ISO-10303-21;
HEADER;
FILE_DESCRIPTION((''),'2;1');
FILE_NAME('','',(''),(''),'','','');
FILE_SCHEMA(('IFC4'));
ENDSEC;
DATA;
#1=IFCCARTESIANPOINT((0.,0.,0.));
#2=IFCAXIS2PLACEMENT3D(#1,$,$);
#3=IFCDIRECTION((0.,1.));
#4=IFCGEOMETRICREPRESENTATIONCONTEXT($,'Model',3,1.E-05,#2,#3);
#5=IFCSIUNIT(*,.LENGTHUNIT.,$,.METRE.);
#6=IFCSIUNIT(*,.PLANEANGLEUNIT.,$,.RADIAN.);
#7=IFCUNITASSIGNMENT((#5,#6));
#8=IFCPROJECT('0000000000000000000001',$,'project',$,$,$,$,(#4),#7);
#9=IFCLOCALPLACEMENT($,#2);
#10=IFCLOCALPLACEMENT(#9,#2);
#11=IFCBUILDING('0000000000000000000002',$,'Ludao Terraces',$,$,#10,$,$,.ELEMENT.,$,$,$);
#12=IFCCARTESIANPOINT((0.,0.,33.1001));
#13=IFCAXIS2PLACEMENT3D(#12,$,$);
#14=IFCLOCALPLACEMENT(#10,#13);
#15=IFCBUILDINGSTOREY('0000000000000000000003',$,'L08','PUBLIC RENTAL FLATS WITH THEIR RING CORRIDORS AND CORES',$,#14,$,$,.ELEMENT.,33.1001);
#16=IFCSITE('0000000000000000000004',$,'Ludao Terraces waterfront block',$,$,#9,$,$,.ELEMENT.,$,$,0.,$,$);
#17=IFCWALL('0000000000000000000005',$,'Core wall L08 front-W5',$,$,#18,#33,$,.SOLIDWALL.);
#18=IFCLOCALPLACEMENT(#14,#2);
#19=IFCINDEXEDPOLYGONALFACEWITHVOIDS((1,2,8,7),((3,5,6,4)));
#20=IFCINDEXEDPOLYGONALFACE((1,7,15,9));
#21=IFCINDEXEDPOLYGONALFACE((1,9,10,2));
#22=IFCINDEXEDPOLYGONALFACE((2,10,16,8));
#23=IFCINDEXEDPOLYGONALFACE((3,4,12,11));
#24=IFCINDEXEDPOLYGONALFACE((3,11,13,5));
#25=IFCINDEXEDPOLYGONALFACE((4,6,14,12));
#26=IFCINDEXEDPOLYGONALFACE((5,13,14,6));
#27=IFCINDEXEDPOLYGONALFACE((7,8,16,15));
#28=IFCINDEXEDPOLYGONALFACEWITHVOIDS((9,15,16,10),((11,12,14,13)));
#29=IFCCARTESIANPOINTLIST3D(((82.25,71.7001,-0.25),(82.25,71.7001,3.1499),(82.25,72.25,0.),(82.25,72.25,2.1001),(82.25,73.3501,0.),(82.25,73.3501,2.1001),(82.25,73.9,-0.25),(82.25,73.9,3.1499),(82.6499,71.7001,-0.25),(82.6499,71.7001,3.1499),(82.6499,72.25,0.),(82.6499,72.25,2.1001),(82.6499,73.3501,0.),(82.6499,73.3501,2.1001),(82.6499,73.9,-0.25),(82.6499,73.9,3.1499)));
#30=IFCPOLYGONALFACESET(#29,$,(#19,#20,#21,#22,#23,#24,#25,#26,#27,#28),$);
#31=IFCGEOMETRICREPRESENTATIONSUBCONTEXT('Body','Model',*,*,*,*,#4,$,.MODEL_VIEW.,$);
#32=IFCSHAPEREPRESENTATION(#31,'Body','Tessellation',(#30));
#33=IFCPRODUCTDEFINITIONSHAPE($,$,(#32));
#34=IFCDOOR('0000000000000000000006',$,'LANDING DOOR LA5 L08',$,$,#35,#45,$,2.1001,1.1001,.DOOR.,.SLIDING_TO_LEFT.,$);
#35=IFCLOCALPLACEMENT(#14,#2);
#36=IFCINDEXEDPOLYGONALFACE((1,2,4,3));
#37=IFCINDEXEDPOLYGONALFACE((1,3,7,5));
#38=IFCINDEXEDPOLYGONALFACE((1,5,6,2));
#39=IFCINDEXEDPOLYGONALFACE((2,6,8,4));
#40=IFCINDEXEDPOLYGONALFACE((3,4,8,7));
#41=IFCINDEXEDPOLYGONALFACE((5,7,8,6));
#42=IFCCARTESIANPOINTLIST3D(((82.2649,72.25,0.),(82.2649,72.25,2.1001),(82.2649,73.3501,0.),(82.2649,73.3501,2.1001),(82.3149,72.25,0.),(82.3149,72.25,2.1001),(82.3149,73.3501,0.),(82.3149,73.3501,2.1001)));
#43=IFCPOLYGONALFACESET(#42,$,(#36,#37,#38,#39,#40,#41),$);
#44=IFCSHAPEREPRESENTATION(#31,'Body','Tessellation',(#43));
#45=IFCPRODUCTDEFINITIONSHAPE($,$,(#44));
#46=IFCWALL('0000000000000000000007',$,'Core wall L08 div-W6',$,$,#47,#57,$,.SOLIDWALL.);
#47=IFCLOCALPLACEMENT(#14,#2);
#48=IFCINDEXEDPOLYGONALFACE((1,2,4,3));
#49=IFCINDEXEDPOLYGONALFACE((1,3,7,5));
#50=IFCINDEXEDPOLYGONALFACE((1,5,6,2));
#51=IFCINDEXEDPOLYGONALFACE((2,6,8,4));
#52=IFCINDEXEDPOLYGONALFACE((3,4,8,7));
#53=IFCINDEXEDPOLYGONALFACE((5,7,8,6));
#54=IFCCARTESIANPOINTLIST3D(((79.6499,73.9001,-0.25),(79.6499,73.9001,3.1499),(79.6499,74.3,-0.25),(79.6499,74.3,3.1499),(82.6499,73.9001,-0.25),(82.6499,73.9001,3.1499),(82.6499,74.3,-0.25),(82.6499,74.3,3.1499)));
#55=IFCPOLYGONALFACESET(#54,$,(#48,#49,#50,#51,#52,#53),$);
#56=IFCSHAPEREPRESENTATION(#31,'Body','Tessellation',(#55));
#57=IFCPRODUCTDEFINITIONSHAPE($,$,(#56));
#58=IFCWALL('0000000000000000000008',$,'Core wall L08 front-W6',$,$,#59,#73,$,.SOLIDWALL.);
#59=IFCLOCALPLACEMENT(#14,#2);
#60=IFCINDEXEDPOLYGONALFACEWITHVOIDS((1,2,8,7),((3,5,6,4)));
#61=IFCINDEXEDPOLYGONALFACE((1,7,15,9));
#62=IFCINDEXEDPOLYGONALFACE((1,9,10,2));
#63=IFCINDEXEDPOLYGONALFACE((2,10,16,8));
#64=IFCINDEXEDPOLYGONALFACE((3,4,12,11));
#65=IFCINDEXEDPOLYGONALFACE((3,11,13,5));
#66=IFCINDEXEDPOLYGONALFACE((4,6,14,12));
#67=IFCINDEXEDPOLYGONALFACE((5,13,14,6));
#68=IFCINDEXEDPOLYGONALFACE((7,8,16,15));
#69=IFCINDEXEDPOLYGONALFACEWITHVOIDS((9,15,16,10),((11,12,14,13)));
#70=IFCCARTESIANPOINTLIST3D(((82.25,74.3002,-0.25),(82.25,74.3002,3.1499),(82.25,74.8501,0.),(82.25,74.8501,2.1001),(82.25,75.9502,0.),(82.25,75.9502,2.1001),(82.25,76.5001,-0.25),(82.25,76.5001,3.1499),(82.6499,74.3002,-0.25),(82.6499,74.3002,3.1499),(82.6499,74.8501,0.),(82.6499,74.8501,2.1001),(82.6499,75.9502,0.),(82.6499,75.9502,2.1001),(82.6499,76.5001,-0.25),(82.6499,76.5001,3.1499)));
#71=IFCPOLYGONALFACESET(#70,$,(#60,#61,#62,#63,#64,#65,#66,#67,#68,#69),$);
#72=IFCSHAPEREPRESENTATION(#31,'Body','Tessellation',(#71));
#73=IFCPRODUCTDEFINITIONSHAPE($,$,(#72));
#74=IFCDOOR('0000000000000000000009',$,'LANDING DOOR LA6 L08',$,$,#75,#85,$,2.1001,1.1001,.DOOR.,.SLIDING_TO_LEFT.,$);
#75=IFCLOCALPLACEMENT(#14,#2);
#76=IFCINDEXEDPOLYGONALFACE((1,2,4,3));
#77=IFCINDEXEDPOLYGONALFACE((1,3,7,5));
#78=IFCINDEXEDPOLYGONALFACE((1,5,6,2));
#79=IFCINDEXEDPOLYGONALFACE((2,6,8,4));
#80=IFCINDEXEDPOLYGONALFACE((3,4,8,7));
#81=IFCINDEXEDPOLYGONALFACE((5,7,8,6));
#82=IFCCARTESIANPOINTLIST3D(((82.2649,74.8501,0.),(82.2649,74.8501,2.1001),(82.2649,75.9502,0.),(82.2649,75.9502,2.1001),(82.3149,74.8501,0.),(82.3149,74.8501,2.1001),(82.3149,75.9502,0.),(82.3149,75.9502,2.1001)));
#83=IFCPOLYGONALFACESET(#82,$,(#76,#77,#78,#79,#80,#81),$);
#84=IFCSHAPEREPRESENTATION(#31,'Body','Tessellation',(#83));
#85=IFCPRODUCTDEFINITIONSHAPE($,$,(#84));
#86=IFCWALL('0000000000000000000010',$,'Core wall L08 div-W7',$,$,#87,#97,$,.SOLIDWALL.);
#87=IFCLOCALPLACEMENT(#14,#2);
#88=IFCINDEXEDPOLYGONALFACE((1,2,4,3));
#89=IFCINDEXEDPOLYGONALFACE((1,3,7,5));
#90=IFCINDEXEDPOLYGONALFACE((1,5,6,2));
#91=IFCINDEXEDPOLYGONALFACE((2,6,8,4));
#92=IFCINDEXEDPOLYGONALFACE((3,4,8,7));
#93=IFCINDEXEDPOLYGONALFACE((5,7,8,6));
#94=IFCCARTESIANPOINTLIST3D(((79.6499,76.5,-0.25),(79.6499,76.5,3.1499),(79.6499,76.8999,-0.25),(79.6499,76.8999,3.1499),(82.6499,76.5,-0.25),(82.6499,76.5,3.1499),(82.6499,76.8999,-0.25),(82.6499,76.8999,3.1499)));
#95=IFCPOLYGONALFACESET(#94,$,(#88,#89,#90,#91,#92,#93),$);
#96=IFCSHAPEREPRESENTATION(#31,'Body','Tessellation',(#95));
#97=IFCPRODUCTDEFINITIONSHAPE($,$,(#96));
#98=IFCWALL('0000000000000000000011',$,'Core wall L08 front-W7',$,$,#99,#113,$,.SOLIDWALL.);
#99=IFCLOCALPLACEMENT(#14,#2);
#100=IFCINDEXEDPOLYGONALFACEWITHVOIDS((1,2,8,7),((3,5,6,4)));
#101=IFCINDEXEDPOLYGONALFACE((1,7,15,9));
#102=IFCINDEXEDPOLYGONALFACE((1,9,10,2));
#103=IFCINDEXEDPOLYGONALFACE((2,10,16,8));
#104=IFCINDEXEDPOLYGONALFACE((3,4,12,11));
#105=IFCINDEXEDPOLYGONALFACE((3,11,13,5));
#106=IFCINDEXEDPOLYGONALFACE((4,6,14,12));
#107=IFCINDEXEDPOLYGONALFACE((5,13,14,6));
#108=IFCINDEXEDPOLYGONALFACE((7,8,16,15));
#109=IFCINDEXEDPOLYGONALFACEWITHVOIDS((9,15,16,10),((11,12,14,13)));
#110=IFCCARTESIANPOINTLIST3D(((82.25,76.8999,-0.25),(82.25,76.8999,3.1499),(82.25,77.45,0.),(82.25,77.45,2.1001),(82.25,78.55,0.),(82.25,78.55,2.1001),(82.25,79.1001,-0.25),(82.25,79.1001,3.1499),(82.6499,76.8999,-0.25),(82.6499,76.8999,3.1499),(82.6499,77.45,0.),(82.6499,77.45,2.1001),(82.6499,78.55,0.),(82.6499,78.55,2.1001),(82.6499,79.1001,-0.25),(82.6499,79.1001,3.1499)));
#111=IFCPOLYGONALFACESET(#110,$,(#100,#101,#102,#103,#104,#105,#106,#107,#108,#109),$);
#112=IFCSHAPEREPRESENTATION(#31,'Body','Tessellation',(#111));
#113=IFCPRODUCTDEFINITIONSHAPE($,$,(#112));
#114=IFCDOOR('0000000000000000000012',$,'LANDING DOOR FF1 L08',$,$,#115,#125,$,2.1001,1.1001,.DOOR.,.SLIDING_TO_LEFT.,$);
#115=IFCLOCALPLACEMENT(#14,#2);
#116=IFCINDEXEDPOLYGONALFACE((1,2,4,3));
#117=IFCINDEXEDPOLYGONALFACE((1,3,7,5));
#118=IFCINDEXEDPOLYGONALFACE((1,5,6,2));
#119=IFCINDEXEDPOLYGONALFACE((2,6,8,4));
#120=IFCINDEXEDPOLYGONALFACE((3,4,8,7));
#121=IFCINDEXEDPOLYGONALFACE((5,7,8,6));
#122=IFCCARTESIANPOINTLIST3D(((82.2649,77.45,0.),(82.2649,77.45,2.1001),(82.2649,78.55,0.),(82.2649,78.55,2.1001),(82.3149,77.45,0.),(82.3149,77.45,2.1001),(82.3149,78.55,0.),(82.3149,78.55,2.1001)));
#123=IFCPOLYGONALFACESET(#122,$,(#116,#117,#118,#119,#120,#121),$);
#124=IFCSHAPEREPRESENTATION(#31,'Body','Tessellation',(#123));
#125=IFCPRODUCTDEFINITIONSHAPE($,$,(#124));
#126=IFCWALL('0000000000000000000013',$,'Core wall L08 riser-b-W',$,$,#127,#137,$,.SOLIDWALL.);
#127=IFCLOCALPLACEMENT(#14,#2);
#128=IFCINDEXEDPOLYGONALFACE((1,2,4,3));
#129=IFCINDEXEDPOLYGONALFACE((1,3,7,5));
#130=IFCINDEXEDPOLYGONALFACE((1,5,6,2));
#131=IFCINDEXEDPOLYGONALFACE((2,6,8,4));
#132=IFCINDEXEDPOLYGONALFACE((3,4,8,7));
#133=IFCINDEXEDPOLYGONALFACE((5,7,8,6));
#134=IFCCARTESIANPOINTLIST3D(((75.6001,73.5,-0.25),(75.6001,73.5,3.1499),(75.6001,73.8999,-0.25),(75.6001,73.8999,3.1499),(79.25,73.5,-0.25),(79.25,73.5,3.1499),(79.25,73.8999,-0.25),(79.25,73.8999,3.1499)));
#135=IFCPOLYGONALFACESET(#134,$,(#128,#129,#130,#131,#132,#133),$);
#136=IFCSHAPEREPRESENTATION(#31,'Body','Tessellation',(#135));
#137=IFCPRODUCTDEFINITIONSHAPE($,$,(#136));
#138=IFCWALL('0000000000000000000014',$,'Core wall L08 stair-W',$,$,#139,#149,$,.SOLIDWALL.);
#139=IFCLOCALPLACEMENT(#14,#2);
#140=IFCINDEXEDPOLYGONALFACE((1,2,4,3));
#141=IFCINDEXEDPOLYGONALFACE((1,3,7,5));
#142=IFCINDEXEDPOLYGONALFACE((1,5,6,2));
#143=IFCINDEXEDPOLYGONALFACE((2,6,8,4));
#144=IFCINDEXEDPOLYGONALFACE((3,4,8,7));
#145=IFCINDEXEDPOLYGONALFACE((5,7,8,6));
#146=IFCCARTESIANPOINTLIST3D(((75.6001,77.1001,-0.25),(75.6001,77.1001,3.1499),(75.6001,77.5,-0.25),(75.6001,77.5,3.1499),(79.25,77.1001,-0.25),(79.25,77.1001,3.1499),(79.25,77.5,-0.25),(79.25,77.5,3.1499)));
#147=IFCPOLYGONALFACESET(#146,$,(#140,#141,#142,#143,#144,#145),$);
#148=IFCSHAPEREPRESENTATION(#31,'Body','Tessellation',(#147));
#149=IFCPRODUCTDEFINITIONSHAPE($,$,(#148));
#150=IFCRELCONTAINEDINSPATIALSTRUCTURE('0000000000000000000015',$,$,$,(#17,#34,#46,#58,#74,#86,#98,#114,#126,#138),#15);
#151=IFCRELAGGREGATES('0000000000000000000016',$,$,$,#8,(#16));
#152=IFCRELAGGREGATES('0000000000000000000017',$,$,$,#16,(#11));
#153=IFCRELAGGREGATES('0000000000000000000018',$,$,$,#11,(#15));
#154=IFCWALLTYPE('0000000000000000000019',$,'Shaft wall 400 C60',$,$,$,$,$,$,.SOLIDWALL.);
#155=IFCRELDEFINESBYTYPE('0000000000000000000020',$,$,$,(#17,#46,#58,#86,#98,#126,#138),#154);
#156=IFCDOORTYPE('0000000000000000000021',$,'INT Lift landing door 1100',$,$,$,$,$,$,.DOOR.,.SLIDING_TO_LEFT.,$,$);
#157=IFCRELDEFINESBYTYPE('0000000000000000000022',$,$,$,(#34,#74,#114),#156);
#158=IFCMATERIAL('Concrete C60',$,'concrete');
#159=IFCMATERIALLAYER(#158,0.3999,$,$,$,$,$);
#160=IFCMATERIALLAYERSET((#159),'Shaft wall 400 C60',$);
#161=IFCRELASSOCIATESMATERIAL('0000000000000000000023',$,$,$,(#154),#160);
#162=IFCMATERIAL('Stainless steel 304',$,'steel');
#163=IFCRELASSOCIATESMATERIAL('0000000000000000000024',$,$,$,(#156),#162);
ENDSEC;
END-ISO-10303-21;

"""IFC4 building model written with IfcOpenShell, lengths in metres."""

from ifc_helpers import new_model, si_unit, direction, frame, frame_2d, origin, place, context, subcontext, project, spatial, rectangle, extrude, material, layer, layer_set, type_object, element, fill, save


model = new_model("IFC4")

# Units and contexts
model_context = context("Model", 3, precision=1e-05, world=origin(), true_north=direction((0.0, 1.0)))
body_context = subcontext(model_context, "Body", "Model", "MODEL_VIEW")
ifc_project = project(units=[si_unit("LENGTHUNIT", "METRE"), si_unit("PLANEANGLEUNIT", "RADIAN")], contexts=[model_context])

# Site, building, storey
site_placement = place(None, origin())
site = spatial("IfcSite", under=ifc_project, at=site_placement, Name="Ludao Terraces waterfront block", CompositionType="ELEMENT", RefElevation=0.0)
building_placement = place(site_placement, origin())
building = spatial("IfcBuilding", under=site, at=building_placement, Name="Ludao Terraces", CompositionType="ELEMENT")
storey_placement = place(building_placement, frame((0.0, 0.0, 33.1001)))
storey = spatial("IfcBuildingStorey", under=building, at=storey_placement, Name="L08", Description="PUBLIC RENTAL FLATS WITH THEIR RING CORRIDORS AND CORES", CompositionType="ELEMENT", Elevation=33.1001)

# Shared definitions
ifc_material_1 = material(Name="Concrete C60", Category="concrete")
ifc_layer_1 = layer(ifc_material_1, 0.3999)
ifc_layer_set_1 = layer_set([ifc_layer_1], Name="Shaft wall 400 C60")
wall_type_1 = type_object("IfcWallType", Name="Shaft wall 400 C60", PredefinedType="SOLIDWALL", material=ifc_layer_set_1)

# Wall, opening, door
wall_1_placement = place(storey_placement, frame((82.45, 71.7, -0.25), z_axis=(0.0, 0.0, 1.0), x_axis=(0.0, 1.0, 0.0)))
wall_1 = element("IfcWall", 1, at=wall_1_placement, inside=storey, type_object=wall_type_1, Name="Core wall L08 front-W5", PredefinedType="SOLIDWALL", context=body_context, shape_type="SweptSolid", body=[
    extrude(rectangle(XDim=2.2, YDim=0.3999, at=frame_2d((1.1001, 0.0))), origin(), (0.0, 0.0, 1.0), 3.3999),
])
opening_1_placement = place(wall_1_placement, frame((0.55, 0.0, 0.25)))
opening_1 = element("IfcOpeningElement", 2, at=opening_1_placement, cuts=wall_1, PredefinedType="OPENING", context=body_context, shape_type="SweptSolid", body=[
    extrude(rectangle(XDim=1.1001, YDim=2.1001, at=frame_2d((0.55, 1.05))), frame((0.0, 0.21, 0.0), z_axis=(0.0, -1.0, 0.0), x_axis=(1.0, 0.0, 0.0)), (0.0, 0.0, 1.0), 0.4199),
])
ifc_material_2 = material(Name="Stainless steel 304", Category="steel")
door_type_1 = type_object("IfcDoorType", Name="INT Lift landing door 1100", OperationType="SLIDING_TO_LEFT", PredefinedType="DOOR", material=ifc_material_2)
door_1_placement = place(opening_1_placement, origin())
door_1 = element("IfcDoor", 3, at=door_1_placement, inside=storey, type_object=door_type_1, Name="LANDING DOOR LA5 L08", OperationType="SLIDING_TO_LEFT", OverallHeight=2.1001, OverallWidth=1.1001, PredefinedType="DOOR", context=body_context, shape_type="SweptSolid", body=[
    extrude(rectangle(XDim=1.1001, YDim=2.1001, at=frame_2d((0.55, 1.05))), frame((0.0, 0.1851, 0.0), z_axis=(0.0, -1.0, 0.0), x_axis=(1.0, 0.0, 0.0)), (0.0, 0.0, 1.0), 0.05),
])
fill(opening_1, door_1)

# Wall
wall_2_placement = place(storey_placement, frame((79.6499, 74.1001, -0.25), z_axis=(0.0, 0.0, 1.0), x_axis=(1.0, 0.0, 0.0)))
element("IfcWall", 4, at=wall_2_placement, inside=storey, type_object=wall_type_1, Name="Core wall L08 div-W6", PredefinedType="SOLIDWALL", context=body_context, shape_type="SweptSolid", body=[
    extrude(rectangle(XDim=3.0, YDim=0.3999, at=frame_2d((1.5, 0.0))), origin(), (0.0, 0.0, 1.0), 3.3999),
])

# Wall, opening, door
wall_3_placement = place(storey_placement, frame((82.45, 74.3, -0.25), z_axis=(0.0, 0.0, 1.0), x_axis=(0.0, 1.0, 0.0)))
wall_3 = element("IfcWall", 5, at=wall_3_placement, inside=storey, type_object=wall_type_1, Name="Core wall L08 front-W6", PredefinedType="SOLIDWALL", context=body_context, shape_type="SweptSolid", body=[
    extrude(rectangle(XDim=2.2, YDim=0.3999, at=frame_2d((1.1001, 0.0))), origin(), (0.0, 0.0, 1.0), 3.3999),
])
opening_2_placement = place(wall_3_placement, frame((0.55, 0.0, 0.25)))
opening_2 = element("IfcOpeningElement", 6, at=opening_2_placement, cuts=wall_3, PredefinedType="OPENING", context=body_context, shape_type="SweptSolid", body=[
    extrude(rectangle(XDim=1.1001, YDim=2.1001, at=frame_2d((0.55, 1.05))), frame((0.0, 0.21, 0.0), z_axis=(0.0, -1.0, 0.0), x_axis=(1.0, 0.0, 0.0)), (0.0, 0.0, 1.0), 0.4199),
])
door_2_placement = place(opening_2_placement, origin())
door_2 = element("IfcDoor", 7, at=door_2_placement, inside=storey, type_object=door_type_1, Name="LANDING DOOR LA6 L08", OperationType="SLIDING_TO_LEFT", OverallHeight=2.1001, OverallWidth=1.1001, PredefinedType="DOOR", context=body_context, shape_type="SweptSolid", body=[
    extrude(rectangle(XDim=1.1001, YDim=2.1001, at=frame_2d((0.55, 1.05))), frame((0.0, 0.1851, 0.0), z_axis=(0.0, -1.0, 0.0), x_axis=(1.0, 0.0, 0.0)), (0.0, 0.0, 1.0), 0.05),
])
fill(opening_2, door_2)

# Wall
wall_4_placement = place(storey_placement, frame((79.6499, 76.7, -0.25), z_axis=(0.0, 0.0, 1.0), x_axis=(1.0, 0.0, 0.0)))
element("IfcWall", 8, at=wall_4_placement, inside=storey, type_object=wall_type_1, Name="Core wall L08 div-W7", PredefinedType="SOLIDWALL", context=body_context, shape_type="SweptSolid", body=[
    extrude(rectangle(XDim=3.0, YDim=0.3999, at=frame_2d((1.5, 0.0))), origin(), (0.0, 0.0, 1.0), 3.3999),
])

# Wall, opening, door
wall_5_placement = place(storey_placement, frame((82.45, 76.8999, -0.25), z_axis=(0.0, 0.0, 1.0), x_axis=(0.0, 1.0, 0.0)))
wall_5 = element("IfcWall", 9, at=wall_5_placement, inside=storey, type_object=wall_type_1, Name="Core wall L08 front-W7", PredefinedType="SOLIDWALL", context=body_context, shape_type="SweptSolid", body=[
    extrude(rectangle(XDim=2.2002, YDim=0.3999, at=frame_2d((1.1001, 0.0))), origin(), (0.0, 0.0, 1.0), 3.3999),
])
opening_3_placement = place(wall_5_placement, frame((0.55, 0.0, 0.25)))
opening_3 = element("IfcOpeningElement", 10, at=opening_3_placement, cuts=wall_5, PredefinedType="OPENING", context=body_context, shape_type="SweptSolid", body=[
    extrude(rectangle(XDim=1.1001, YDim=2.1001, at=frame_2d((0.55, 1.05))), frame((0.0, 0.21, 0.0), z_axis=(0.0, -1.0, 0.0), x_axis=(1.0, 0.0, 0.0)), (0.0, 0.0, 1.0), 0.4199),
])
door_3_placement = place(opening_3_placement, origin())
door_3 = element("IfcDoor", 11, at=door_3_placement, inside=storey, type_object=door_type_1, Name="LANDING DOOR FF1 L08", OperationType="SLIDING_TO_LEFT", OverallHeight=2.1001, OverallWidth=1.1001, PredefinedType="DOOR", context=body_context, shape_type="SweptSolid", body=[
    extrude(rectangle(XDim=1.1001, YDim=2.1001, at=frame_2d((0.55, 1.05))), frame((0.0, 0.1851, 0.0), z_axis=(0.0, -1.0, 0.0), x_axis=(1.0, 0.0, 0.0)), (0.0, 0.0, 1.0), 0.05),
])
fill(opening_3, door_3)

# Walls
for number, where, z_axis, x_axis, name in (
    (12, (75.6001, 73.7, -0.25), (0.0, 0.0, 1.0), (1.0, 0.0, 0.0), "Core wall L08 riser-b-W"),
    (13, (75.6001, 77.3, -0.25), (0.0, 0.0, 1.0), (1.0, 0.0, 0.0), "Core wall L08 stair-W"),
):
    element("IfcWall", number, at=place(storey_placement, frame(where, z_axis=z_axis, x_axis=x_axis)), inside=storey, type_object=wall_type_1, Name=name, PredefinedType="SOLIDWALL", context=body_context, shape_type="SweptSolid", body=[
        extrude(rectangle(XDim=3.6499, YDim=0.3999, at=frame_2d((1.825, 0.0))), origin(), (0.0, 0.0, 1.0), 3.3999),
    ])

save(model, "model.ifc")
